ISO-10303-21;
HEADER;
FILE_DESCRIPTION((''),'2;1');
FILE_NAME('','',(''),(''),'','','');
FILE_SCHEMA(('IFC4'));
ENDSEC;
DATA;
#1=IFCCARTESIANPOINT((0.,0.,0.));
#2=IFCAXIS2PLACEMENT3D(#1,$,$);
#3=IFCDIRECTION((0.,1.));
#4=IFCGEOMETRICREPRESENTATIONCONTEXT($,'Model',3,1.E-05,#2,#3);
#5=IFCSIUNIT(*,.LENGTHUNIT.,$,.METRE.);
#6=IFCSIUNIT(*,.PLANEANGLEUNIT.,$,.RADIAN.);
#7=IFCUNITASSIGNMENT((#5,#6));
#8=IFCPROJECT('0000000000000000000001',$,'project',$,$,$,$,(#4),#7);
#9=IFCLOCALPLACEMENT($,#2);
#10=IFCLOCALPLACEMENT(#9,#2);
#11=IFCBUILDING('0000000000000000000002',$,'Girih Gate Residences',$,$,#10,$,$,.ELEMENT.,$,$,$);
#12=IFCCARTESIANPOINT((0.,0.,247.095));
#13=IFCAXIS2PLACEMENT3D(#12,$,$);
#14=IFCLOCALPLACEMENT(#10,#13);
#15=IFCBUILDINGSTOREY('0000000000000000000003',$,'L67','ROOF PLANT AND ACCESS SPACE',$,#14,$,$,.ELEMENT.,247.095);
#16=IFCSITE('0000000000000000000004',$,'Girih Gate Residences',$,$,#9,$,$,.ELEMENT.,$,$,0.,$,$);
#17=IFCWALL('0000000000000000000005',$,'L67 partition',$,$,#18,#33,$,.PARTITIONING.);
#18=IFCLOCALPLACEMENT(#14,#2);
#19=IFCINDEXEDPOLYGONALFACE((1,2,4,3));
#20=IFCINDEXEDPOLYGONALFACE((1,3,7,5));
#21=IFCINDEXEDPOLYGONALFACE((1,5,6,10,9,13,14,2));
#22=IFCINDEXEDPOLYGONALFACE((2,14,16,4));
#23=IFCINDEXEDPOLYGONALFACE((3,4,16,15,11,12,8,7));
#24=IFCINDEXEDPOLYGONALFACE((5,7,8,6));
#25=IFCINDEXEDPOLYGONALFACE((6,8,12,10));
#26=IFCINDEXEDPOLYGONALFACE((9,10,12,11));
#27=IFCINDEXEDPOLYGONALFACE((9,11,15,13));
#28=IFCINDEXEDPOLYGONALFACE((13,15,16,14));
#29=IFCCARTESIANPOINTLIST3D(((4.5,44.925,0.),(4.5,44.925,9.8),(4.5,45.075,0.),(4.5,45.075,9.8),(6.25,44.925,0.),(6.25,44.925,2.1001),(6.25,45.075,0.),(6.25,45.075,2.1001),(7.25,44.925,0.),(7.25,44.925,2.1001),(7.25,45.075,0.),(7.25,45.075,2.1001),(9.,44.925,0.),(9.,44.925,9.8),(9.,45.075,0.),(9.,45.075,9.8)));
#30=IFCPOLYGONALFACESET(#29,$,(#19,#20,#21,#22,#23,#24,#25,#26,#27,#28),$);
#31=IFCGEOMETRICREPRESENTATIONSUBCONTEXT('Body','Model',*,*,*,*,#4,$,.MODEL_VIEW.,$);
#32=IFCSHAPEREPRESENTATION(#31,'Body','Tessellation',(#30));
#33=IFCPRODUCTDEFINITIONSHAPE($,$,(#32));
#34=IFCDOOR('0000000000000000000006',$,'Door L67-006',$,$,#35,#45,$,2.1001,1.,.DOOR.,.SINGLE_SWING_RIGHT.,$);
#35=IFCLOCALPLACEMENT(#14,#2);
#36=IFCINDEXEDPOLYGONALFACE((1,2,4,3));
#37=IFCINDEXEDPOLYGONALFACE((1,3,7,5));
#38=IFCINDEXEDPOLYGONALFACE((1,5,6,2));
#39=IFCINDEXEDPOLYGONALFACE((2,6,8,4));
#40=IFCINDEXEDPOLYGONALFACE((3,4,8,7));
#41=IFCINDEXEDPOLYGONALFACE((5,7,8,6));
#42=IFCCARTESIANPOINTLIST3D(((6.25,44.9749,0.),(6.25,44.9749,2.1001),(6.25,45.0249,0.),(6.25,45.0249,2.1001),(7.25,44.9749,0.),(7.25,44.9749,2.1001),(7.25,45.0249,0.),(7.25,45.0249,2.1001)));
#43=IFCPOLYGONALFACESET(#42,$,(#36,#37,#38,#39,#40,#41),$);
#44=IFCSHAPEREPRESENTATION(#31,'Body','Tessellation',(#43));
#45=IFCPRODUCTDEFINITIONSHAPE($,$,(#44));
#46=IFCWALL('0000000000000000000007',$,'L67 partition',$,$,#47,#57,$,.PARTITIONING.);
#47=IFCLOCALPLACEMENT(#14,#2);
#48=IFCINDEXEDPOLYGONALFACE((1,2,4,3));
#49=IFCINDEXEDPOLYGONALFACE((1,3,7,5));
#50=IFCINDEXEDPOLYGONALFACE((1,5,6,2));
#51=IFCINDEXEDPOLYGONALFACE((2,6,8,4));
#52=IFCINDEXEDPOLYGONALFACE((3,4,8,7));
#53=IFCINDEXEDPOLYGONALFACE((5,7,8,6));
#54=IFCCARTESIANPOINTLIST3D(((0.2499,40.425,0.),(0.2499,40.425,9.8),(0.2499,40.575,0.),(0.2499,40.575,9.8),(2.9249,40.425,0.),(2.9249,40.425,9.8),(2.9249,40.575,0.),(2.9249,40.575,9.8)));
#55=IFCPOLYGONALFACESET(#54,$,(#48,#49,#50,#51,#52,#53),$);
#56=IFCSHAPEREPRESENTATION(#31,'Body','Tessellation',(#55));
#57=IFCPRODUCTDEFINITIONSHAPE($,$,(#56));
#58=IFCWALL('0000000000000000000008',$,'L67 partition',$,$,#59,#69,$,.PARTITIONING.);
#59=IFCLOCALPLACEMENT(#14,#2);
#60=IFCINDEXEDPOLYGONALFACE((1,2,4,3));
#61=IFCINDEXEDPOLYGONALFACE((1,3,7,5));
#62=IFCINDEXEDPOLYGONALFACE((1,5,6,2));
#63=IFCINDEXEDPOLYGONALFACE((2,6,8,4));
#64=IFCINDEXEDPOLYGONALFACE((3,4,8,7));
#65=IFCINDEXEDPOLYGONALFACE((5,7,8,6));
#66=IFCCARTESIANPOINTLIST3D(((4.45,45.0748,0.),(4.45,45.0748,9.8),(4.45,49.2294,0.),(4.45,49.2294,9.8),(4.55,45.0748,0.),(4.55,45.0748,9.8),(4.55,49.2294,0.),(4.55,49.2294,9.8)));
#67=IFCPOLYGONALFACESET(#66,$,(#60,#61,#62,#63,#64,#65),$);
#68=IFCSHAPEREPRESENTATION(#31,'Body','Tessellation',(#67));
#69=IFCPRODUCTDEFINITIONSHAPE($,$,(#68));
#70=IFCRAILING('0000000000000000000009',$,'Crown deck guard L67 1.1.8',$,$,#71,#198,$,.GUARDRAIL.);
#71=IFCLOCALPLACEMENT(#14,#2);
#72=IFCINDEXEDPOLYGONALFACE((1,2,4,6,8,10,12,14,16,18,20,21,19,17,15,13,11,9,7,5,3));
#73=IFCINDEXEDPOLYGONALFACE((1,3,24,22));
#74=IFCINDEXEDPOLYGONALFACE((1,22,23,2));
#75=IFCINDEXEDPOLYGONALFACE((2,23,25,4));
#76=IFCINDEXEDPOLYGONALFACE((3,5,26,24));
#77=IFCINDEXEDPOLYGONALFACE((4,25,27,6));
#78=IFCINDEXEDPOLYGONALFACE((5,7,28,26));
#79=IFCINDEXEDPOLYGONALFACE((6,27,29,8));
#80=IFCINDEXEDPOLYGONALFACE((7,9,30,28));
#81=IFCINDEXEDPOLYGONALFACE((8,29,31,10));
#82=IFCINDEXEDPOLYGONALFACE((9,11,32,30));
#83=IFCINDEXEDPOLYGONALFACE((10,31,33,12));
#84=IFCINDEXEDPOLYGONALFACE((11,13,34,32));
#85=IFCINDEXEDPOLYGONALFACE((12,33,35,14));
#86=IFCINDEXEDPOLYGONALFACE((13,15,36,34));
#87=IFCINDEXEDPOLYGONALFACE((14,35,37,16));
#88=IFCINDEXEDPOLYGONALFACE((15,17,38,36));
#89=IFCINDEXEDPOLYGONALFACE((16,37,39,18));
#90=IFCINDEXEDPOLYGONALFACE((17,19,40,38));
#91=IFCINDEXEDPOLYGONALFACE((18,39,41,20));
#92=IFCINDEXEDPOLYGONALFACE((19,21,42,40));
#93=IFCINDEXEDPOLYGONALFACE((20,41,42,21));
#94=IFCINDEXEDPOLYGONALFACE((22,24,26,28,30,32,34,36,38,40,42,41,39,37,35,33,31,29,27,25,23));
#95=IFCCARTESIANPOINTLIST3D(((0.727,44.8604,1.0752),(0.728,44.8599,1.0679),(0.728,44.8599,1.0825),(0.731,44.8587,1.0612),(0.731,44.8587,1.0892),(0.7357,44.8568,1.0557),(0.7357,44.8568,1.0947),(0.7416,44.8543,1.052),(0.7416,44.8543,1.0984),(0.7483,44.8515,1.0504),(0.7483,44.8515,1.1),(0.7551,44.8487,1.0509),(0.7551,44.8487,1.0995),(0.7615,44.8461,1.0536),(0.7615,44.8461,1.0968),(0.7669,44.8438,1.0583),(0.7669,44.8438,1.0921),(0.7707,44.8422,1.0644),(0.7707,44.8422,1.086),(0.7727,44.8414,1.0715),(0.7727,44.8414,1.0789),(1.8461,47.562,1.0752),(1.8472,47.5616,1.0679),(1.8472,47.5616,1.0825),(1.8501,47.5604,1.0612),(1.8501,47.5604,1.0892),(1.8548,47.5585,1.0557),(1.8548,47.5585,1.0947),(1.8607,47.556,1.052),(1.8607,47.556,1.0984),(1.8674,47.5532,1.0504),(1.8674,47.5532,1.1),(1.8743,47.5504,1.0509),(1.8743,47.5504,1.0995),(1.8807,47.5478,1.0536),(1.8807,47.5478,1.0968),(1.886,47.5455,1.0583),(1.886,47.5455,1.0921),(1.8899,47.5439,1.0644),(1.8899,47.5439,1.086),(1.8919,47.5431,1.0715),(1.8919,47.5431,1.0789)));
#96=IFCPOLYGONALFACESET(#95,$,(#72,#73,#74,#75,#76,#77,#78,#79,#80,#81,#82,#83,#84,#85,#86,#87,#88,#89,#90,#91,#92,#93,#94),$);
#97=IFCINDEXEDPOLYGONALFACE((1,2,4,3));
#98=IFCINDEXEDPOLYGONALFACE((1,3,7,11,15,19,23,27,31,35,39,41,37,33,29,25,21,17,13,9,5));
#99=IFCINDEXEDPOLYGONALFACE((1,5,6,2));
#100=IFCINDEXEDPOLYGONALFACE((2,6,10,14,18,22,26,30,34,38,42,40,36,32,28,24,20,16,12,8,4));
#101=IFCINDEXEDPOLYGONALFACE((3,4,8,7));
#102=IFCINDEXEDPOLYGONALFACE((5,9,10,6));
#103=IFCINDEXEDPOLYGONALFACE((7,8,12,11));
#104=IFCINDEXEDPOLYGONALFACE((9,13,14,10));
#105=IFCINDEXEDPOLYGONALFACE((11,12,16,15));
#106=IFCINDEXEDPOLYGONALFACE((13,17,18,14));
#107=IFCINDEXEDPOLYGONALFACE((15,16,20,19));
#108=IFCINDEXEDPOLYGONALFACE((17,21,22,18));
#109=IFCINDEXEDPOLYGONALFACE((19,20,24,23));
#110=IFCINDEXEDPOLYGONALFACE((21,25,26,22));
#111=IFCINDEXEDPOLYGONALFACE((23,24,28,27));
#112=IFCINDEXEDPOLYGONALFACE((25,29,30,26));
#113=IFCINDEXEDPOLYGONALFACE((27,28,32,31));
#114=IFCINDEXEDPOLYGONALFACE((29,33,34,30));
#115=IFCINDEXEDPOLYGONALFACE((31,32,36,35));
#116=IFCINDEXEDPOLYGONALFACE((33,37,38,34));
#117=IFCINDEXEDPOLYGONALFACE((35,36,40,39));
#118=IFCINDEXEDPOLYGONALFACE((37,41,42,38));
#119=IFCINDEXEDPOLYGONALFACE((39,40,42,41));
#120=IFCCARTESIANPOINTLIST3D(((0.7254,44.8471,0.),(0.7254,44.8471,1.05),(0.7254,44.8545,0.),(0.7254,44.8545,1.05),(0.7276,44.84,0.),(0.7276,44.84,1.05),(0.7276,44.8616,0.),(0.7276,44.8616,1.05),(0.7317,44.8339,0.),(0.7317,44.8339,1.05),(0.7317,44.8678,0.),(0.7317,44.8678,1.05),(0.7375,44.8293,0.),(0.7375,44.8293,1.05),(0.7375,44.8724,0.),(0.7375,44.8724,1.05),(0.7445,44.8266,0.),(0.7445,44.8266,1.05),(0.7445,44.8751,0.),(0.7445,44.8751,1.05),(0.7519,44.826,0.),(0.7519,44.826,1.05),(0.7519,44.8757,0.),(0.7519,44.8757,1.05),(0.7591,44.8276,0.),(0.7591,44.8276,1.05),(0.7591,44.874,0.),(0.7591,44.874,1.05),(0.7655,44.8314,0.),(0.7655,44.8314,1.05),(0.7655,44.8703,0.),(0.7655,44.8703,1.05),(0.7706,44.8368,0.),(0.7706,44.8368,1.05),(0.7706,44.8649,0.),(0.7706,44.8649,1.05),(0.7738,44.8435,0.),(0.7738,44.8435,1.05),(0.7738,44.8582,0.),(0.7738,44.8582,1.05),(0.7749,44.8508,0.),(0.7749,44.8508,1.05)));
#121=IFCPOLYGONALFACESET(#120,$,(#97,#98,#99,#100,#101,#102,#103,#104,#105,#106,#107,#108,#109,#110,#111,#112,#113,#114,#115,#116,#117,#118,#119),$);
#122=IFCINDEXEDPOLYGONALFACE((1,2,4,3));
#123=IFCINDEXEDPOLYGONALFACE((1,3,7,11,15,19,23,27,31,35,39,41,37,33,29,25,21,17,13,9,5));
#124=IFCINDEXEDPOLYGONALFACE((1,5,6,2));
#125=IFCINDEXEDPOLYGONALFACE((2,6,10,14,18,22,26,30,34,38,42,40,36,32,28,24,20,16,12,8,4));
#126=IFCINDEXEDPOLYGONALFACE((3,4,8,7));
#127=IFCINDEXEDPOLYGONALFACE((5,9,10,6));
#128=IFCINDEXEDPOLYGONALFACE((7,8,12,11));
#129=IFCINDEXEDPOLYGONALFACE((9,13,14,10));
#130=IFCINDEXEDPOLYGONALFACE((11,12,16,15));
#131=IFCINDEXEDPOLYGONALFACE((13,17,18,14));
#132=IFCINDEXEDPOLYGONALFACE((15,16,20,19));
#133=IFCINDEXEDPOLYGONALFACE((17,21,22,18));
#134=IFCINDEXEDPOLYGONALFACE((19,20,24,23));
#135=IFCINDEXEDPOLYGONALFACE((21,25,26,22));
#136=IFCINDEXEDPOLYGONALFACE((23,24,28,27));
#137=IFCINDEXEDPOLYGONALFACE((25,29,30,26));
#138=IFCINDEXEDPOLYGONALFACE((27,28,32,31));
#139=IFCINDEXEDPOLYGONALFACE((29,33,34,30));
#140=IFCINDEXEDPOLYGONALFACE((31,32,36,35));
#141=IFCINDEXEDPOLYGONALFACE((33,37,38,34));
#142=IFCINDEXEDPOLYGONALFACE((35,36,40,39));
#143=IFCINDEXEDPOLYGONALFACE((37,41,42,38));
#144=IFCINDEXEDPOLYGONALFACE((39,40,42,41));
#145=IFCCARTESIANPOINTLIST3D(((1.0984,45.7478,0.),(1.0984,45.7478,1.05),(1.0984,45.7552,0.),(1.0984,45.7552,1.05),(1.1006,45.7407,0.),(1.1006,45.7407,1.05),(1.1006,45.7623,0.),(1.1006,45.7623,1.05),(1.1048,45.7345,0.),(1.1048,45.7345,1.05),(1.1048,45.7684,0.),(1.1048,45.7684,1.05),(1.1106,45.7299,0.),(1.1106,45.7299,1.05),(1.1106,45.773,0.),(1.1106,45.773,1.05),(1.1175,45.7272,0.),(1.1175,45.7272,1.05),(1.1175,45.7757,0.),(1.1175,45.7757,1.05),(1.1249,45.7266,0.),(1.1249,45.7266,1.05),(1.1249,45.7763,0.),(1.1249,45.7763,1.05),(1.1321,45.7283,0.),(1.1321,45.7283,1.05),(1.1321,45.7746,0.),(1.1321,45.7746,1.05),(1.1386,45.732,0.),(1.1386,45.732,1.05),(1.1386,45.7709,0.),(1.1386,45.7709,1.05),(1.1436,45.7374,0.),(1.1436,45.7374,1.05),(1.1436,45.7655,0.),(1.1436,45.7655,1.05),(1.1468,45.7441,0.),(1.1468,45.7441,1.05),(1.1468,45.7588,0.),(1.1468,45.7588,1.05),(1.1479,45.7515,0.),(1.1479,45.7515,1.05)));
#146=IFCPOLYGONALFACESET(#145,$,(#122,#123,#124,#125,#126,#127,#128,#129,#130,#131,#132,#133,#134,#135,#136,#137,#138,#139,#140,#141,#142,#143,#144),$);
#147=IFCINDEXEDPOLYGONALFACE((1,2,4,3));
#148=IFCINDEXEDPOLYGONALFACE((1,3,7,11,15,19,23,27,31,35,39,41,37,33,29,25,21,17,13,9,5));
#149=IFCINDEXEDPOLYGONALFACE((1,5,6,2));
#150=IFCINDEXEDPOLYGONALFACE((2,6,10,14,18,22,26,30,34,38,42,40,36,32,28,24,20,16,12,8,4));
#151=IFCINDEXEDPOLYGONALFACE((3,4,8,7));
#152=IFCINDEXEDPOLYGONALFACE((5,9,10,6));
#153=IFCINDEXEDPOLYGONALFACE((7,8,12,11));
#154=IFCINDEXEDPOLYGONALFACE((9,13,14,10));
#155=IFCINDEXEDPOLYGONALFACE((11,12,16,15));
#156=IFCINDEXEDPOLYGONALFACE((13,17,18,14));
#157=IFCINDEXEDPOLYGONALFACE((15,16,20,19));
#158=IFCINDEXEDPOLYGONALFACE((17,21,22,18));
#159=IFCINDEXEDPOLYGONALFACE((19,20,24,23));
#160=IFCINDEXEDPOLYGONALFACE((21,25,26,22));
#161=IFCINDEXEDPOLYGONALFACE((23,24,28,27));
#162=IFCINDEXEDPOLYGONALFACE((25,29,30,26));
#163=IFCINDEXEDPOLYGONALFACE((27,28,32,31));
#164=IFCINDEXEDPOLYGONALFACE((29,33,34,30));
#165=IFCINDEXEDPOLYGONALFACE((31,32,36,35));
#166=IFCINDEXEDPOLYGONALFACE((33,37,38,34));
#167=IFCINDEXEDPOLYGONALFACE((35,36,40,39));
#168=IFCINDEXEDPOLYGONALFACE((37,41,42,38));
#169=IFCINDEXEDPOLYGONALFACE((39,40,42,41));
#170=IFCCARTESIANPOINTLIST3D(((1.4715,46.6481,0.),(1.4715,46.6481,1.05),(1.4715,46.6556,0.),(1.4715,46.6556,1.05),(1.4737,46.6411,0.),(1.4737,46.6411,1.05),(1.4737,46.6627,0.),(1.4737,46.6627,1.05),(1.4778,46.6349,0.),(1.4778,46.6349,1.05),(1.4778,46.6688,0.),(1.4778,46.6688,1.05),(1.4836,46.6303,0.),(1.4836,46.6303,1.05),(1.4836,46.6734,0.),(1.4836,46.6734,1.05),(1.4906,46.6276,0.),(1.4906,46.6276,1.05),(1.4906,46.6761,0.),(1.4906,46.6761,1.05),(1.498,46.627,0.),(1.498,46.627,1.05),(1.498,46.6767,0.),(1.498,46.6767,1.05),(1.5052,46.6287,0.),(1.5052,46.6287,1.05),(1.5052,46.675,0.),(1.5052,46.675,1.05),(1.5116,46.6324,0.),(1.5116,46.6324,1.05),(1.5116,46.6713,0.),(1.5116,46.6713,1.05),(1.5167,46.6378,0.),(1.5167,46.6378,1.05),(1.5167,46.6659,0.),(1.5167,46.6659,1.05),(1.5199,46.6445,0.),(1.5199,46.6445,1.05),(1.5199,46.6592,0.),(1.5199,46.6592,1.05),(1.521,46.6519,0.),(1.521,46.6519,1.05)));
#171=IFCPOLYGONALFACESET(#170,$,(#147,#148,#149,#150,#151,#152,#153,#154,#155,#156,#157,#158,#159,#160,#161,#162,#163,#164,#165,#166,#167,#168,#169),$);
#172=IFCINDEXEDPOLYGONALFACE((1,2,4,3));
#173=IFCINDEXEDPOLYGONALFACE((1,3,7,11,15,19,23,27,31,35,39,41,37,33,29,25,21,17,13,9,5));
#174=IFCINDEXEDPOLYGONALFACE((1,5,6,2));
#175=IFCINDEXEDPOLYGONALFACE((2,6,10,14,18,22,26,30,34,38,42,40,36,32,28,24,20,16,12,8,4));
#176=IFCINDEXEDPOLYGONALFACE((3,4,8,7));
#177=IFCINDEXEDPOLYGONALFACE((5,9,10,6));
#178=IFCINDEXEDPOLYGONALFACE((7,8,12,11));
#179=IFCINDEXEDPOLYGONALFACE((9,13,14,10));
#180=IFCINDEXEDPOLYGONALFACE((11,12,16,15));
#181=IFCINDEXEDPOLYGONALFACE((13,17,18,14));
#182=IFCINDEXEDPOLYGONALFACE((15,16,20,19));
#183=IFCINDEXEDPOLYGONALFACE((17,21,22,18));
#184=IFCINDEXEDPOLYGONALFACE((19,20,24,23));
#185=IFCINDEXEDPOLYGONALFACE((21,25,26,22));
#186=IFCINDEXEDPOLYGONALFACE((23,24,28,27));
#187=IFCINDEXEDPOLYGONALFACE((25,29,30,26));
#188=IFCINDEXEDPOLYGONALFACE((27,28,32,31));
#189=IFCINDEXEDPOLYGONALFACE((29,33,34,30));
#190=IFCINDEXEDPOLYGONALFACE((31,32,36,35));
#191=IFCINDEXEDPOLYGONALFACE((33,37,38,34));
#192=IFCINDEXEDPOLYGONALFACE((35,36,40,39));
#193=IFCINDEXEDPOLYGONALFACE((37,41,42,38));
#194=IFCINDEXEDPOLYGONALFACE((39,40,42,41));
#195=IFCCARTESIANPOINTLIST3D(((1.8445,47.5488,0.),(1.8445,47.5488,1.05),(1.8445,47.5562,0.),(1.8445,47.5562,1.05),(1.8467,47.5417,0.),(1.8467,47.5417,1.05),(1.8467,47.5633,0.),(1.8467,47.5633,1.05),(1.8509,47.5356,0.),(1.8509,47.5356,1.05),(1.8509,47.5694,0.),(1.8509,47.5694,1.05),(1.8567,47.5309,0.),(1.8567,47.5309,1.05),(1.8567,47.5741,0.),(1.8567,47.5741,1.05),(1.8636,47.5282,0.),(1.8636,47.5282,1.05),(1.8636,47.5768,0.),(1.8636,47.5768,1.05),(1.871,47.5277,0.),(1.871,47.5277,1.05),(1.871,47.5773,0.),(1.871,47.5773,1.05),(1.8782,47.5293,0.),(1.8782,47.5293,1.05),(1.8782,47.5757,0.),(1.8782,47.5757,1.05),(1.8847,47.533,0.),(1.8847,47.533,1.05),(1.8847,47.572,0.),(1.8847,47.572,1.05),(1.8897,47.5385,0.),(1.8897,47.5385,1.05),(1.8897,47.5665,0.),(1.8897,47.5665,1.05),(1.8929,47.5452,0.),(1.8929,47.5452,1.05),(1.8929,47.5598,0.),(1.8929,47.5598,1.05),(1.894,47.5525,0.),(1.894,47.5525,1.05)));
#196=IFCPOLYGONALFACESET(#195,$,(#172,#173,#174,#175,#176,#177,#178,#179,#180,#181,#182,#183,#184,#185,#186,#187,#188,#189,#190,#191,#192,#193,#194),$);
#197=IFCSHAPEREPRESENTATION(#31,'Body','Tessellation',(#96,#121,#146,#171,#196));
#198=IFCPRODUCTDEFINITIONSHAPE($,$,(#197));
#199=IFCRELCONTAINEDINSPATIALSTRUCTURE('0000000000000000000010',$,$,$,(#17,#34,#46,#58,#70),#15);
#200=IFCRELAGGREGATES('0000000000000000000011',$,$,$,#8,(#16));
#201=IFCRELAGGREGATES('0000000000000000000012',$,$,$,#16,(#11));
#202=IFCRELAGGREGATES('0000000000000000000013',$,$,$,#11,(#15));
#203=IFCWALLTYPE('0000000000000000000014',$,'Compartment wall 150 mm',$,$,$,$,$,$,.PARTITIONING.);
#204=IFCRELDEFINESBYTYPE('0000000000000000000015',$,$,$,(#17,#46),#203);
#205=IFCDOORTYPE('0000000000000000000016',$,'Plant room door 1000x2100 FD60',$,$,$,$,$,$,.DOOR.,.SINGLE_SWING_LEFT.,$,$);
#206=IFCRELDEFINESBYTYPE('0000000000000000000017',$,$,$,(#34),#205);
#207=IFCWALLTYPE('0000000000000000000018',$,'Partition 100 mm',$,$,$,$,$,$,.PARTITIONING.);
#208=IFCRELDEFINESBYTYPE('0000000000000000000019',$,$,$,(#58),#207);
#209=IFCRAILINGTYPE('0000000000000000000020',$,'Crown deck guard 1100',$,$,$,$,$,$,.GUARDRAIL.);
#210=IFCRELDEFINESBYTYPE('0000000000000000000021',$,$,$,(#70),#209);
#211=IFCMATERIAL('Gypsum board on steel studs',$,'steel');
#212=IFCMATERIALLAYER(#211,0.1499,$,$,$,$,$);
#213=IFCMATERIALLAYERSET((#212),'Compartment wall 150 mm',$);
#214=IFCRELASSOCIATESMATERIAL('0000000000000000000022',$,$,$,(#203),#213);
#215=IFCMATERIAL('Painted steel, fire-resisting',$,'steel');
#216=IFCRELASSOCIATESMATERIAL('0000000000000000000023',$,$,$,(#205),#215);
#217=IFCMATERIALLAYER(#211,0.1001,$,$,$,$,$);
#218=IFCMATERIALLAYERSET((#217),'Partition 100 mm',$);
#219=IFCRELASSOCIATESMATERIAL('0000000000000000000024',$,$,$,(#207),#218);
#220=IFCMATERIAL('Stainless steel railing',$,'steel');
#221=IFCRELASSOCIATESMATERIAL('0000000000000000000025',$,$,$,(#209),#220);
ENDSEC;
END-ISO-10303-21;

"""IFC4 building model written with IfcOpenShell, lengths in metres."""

from ifc_helpers import new_model, si_unit, direction, frame, frame_2d, origin, origin_2d, place, context, subcontext, project, spatial, rectangle, circle, extrude, material, layer, layer_set, type_object, element, fill, save


model = new_model("IFC4")

# Units and contexts
model_context = context("Model", 3, precision=1e-05, world=origin(), true_north=direction((0.0, 1.0)))
body_context = subcontext(model_context, "Body", "Model", "MODEL_VIEW")
ifc_project = project(units=[si_unit("LENGTHUNIT", "METRE"), si_unit("PLANEANGLEUNIT", "RADIAN")], contexts=[model_context])

# Site, building, storey
site_placement = place(None, origin())
site = spatial("IfcSite", under=ifc_project, at=site_placement, Name="Girih Gate Residences", CompositionType="ELEMENT", RefElevation=0.0)
building_placement = place(site_placement, origin())
building = spatial("IfcBuilding", under=site, at=building_placement, Name="Girih Gate Residences", CompositionType="ELEMENT")
storey_placement = place(building_placement, frame((0.0, 0.0, 247.095)))
storey = spatial("IfcBuildingStorey", under=building, at=storey_placement, Name="L67", Description="ROOF PLANT AND ACCESS SPACE", CompositionType="ELEMENT", Elevation=247.095)

# Wall, opening, door
ifc_material_1 = material(Name="Gypsum board on steel studs", Category="steel")
ifc_layer_1 = layer(ifc_material_1, 0.1499)
ifc_layer_set_1 = layer_set([ifc_layer_1], Name="Compartment wall 150 mm")
wall_type_1 = type_object("IfcWallType", Name="Compartment wall 150 mm", PredefinedType="PARTITIONING", material=ifc_layer_set_1)
ifc_material_2 = material(Name="Painted steel, fire-resisting", Category="steel")
door_type = type_object("IfcDoorType", Name="Plant room door 1000x2100 FD60", OperationType="SINGLE_SWING_LEFT", PredefinedType="DOOR", material=ifc_material_2)
wall_1_placement = place(storey_placement, frame((4.5, 45.0, 0.0), z_axis=(0.0, 0.0, 1.0), x_axis=(1.0, 0.0, 0.0)))
wall_1 = element("IfcWall", 1, at=wall_1_placement, inside=storey, type_object=wall_type_1, Name="L67 partition", PredefinedType="PARTITIONING", context=body_context, shape_type="SweptSolid", body=[
    extrude(rectangle(XDim=4.5, YDim=0.1499, at=frame_2d((2.25, 0.0))), origin(), (0.0, 0.0, 1.0), 9.8),
])
opening_1_placement = place(wall_1_placement, frame((1.75, 0.0, 0.0)))
opening_1 = element("IfcOpeningElement", 2, at=opening_1_placement, cuts=wall_1, PredefinedType="OPENING", context=body_context, shape_type="SweptSolid", body=[
    extrude(rectangle(XDim=1.0, YDim=2.1001, at=frame_2d((0.5, 1.05))), frame((0.0, 0.085, 0.0), z_axis=(0.0, -1.0, 0.0), x_axis=(1.0, 0.0, 0.0)), (0.0, 0.0, 1.0), 0.1699),
])
door_1_placement = place(opening_1_placement, origin())
door_1 = element("IfcDoor", 3, at=door_1_placement, inside=storey, type_object=door_type, Name="Door L67-006", OperationType="SINGLE_SWING_RIGHT", OverallHeight=2.1001, OverallWidth=1.0, PredefinedType="DOOR", context=body_context, shape_type="SweptSolid", body=[
    extrude(rectangle(XDim=1.0, YDim=2.1001, at=frame_2d((0.5, 1.05))), frame((0.0, 0.0249, 0.0), z_axis=(0.0, -1.0, 0.0), x_axis=(1.0, 0.0, 0.0)), (0.0, 0.0, 1.0), 0.05),
])
fill(opening_1, door_1)

# Walls
wall_2_placement = place(storey_placement, frame((0.25, 40.5, 0.0), z_axis=(0.0, 0.0, 1.0), x_axis=(1.0, 0.0, 0.0)))
element("IfcWall", 4, at=wall_2_placement, inside=storey, type_object=wall_type_1, Name="L67 partition", PredefinedType="PARTITIONING", context=body_context, shape_type="SweptSolid", body=[
    extrude(rectangle(XDim=2.675, YDim=0.1499, at=frame_2d((1.3374, 0.0))), origin(), (0.0, 0.0, 1.0), 9.8),
])
ifc_layer_2 = layer(ifc_material_1, 0.1001)
ifc_layer_set_2 = layer_set([ifc_layer_2], Name="Partition 100 mm")
wall_type_2 = type_object("IfcWallType", Name="Partition 100 mm", PredefinedType="PARTITIONING", material=ifc_layer_set_2)
wall_3_placement = place(storey_placement, frame((4.5, 45.075, 0.0), z_axis=(0.0, 0.0, 1.0), x_axis=(0.0, 1.0, 0.0)))
element("IfcWall", 5, at=wall_3_placement, inside=storey, type_object=wall_type_2, Name="L67 partition", PredefinedType="PARTITIONING", context=body_context, shape_type="SweptSolid", body=[
    extrude(rectangle(XDim=4.1545, YDim=0.1001, at=frame_2d((2.0771, 0.0))), origin(), (0.0, 0.0, 1.0), 9.8),
])

# Railing
ifc_material_3 = material(Name="Stainless steel railing", Category="steel")
railing_type = type_object("IfcRailingType", Name="Crown deck guard 1100", PredefinedType="GUARDRAIL", material=ifc_material_3)
railing_1_placement = place(storey_placement, frame((0.75, 44.8508, 0.0)))
element("IfcRailing", 6, at=railing_1_placement, inside=storey, type_object=railing_type, Name="Crown deck guard L67 1.1.8", PredefinedType="GUARDRAIL", context=body_context, shape_type="SweptSolid", body=[
    extrude(circle(Radius=0.0249, at=origin_2d()), frame((0.0, 0.0, 1.0752), z_axis=(0.382706, 0.92387, 0.0), x_axis=(-0.92387, 0.382706, 0.0)), (0.0, 0.0, 1.0), 2.9243),
    extrude(circle(Radius=0.0249, at=origin_2d()), origin(), (0.0, 0.0, 1.0), 1.05),
    extrude(circle(Radius=0.0249, at=origin_2d()), frame((0.373, 0.9006, 0.0)), (0.0, 0.0, 1.0), 1.05),
    extrude(circle(Radius=0.0249, at=origin_2d()), frame((0.7461, 1.801, 0.0)), (0.0, 0.0, 1.0), 1.05),
    extrude(circle(Radius=0.0249, at=origin_2d()), frame((1.1191, 2.7017, 0.0)), (0.0, 0.0, 1.0), 1.05),
])

save(model, "model.ifc")
